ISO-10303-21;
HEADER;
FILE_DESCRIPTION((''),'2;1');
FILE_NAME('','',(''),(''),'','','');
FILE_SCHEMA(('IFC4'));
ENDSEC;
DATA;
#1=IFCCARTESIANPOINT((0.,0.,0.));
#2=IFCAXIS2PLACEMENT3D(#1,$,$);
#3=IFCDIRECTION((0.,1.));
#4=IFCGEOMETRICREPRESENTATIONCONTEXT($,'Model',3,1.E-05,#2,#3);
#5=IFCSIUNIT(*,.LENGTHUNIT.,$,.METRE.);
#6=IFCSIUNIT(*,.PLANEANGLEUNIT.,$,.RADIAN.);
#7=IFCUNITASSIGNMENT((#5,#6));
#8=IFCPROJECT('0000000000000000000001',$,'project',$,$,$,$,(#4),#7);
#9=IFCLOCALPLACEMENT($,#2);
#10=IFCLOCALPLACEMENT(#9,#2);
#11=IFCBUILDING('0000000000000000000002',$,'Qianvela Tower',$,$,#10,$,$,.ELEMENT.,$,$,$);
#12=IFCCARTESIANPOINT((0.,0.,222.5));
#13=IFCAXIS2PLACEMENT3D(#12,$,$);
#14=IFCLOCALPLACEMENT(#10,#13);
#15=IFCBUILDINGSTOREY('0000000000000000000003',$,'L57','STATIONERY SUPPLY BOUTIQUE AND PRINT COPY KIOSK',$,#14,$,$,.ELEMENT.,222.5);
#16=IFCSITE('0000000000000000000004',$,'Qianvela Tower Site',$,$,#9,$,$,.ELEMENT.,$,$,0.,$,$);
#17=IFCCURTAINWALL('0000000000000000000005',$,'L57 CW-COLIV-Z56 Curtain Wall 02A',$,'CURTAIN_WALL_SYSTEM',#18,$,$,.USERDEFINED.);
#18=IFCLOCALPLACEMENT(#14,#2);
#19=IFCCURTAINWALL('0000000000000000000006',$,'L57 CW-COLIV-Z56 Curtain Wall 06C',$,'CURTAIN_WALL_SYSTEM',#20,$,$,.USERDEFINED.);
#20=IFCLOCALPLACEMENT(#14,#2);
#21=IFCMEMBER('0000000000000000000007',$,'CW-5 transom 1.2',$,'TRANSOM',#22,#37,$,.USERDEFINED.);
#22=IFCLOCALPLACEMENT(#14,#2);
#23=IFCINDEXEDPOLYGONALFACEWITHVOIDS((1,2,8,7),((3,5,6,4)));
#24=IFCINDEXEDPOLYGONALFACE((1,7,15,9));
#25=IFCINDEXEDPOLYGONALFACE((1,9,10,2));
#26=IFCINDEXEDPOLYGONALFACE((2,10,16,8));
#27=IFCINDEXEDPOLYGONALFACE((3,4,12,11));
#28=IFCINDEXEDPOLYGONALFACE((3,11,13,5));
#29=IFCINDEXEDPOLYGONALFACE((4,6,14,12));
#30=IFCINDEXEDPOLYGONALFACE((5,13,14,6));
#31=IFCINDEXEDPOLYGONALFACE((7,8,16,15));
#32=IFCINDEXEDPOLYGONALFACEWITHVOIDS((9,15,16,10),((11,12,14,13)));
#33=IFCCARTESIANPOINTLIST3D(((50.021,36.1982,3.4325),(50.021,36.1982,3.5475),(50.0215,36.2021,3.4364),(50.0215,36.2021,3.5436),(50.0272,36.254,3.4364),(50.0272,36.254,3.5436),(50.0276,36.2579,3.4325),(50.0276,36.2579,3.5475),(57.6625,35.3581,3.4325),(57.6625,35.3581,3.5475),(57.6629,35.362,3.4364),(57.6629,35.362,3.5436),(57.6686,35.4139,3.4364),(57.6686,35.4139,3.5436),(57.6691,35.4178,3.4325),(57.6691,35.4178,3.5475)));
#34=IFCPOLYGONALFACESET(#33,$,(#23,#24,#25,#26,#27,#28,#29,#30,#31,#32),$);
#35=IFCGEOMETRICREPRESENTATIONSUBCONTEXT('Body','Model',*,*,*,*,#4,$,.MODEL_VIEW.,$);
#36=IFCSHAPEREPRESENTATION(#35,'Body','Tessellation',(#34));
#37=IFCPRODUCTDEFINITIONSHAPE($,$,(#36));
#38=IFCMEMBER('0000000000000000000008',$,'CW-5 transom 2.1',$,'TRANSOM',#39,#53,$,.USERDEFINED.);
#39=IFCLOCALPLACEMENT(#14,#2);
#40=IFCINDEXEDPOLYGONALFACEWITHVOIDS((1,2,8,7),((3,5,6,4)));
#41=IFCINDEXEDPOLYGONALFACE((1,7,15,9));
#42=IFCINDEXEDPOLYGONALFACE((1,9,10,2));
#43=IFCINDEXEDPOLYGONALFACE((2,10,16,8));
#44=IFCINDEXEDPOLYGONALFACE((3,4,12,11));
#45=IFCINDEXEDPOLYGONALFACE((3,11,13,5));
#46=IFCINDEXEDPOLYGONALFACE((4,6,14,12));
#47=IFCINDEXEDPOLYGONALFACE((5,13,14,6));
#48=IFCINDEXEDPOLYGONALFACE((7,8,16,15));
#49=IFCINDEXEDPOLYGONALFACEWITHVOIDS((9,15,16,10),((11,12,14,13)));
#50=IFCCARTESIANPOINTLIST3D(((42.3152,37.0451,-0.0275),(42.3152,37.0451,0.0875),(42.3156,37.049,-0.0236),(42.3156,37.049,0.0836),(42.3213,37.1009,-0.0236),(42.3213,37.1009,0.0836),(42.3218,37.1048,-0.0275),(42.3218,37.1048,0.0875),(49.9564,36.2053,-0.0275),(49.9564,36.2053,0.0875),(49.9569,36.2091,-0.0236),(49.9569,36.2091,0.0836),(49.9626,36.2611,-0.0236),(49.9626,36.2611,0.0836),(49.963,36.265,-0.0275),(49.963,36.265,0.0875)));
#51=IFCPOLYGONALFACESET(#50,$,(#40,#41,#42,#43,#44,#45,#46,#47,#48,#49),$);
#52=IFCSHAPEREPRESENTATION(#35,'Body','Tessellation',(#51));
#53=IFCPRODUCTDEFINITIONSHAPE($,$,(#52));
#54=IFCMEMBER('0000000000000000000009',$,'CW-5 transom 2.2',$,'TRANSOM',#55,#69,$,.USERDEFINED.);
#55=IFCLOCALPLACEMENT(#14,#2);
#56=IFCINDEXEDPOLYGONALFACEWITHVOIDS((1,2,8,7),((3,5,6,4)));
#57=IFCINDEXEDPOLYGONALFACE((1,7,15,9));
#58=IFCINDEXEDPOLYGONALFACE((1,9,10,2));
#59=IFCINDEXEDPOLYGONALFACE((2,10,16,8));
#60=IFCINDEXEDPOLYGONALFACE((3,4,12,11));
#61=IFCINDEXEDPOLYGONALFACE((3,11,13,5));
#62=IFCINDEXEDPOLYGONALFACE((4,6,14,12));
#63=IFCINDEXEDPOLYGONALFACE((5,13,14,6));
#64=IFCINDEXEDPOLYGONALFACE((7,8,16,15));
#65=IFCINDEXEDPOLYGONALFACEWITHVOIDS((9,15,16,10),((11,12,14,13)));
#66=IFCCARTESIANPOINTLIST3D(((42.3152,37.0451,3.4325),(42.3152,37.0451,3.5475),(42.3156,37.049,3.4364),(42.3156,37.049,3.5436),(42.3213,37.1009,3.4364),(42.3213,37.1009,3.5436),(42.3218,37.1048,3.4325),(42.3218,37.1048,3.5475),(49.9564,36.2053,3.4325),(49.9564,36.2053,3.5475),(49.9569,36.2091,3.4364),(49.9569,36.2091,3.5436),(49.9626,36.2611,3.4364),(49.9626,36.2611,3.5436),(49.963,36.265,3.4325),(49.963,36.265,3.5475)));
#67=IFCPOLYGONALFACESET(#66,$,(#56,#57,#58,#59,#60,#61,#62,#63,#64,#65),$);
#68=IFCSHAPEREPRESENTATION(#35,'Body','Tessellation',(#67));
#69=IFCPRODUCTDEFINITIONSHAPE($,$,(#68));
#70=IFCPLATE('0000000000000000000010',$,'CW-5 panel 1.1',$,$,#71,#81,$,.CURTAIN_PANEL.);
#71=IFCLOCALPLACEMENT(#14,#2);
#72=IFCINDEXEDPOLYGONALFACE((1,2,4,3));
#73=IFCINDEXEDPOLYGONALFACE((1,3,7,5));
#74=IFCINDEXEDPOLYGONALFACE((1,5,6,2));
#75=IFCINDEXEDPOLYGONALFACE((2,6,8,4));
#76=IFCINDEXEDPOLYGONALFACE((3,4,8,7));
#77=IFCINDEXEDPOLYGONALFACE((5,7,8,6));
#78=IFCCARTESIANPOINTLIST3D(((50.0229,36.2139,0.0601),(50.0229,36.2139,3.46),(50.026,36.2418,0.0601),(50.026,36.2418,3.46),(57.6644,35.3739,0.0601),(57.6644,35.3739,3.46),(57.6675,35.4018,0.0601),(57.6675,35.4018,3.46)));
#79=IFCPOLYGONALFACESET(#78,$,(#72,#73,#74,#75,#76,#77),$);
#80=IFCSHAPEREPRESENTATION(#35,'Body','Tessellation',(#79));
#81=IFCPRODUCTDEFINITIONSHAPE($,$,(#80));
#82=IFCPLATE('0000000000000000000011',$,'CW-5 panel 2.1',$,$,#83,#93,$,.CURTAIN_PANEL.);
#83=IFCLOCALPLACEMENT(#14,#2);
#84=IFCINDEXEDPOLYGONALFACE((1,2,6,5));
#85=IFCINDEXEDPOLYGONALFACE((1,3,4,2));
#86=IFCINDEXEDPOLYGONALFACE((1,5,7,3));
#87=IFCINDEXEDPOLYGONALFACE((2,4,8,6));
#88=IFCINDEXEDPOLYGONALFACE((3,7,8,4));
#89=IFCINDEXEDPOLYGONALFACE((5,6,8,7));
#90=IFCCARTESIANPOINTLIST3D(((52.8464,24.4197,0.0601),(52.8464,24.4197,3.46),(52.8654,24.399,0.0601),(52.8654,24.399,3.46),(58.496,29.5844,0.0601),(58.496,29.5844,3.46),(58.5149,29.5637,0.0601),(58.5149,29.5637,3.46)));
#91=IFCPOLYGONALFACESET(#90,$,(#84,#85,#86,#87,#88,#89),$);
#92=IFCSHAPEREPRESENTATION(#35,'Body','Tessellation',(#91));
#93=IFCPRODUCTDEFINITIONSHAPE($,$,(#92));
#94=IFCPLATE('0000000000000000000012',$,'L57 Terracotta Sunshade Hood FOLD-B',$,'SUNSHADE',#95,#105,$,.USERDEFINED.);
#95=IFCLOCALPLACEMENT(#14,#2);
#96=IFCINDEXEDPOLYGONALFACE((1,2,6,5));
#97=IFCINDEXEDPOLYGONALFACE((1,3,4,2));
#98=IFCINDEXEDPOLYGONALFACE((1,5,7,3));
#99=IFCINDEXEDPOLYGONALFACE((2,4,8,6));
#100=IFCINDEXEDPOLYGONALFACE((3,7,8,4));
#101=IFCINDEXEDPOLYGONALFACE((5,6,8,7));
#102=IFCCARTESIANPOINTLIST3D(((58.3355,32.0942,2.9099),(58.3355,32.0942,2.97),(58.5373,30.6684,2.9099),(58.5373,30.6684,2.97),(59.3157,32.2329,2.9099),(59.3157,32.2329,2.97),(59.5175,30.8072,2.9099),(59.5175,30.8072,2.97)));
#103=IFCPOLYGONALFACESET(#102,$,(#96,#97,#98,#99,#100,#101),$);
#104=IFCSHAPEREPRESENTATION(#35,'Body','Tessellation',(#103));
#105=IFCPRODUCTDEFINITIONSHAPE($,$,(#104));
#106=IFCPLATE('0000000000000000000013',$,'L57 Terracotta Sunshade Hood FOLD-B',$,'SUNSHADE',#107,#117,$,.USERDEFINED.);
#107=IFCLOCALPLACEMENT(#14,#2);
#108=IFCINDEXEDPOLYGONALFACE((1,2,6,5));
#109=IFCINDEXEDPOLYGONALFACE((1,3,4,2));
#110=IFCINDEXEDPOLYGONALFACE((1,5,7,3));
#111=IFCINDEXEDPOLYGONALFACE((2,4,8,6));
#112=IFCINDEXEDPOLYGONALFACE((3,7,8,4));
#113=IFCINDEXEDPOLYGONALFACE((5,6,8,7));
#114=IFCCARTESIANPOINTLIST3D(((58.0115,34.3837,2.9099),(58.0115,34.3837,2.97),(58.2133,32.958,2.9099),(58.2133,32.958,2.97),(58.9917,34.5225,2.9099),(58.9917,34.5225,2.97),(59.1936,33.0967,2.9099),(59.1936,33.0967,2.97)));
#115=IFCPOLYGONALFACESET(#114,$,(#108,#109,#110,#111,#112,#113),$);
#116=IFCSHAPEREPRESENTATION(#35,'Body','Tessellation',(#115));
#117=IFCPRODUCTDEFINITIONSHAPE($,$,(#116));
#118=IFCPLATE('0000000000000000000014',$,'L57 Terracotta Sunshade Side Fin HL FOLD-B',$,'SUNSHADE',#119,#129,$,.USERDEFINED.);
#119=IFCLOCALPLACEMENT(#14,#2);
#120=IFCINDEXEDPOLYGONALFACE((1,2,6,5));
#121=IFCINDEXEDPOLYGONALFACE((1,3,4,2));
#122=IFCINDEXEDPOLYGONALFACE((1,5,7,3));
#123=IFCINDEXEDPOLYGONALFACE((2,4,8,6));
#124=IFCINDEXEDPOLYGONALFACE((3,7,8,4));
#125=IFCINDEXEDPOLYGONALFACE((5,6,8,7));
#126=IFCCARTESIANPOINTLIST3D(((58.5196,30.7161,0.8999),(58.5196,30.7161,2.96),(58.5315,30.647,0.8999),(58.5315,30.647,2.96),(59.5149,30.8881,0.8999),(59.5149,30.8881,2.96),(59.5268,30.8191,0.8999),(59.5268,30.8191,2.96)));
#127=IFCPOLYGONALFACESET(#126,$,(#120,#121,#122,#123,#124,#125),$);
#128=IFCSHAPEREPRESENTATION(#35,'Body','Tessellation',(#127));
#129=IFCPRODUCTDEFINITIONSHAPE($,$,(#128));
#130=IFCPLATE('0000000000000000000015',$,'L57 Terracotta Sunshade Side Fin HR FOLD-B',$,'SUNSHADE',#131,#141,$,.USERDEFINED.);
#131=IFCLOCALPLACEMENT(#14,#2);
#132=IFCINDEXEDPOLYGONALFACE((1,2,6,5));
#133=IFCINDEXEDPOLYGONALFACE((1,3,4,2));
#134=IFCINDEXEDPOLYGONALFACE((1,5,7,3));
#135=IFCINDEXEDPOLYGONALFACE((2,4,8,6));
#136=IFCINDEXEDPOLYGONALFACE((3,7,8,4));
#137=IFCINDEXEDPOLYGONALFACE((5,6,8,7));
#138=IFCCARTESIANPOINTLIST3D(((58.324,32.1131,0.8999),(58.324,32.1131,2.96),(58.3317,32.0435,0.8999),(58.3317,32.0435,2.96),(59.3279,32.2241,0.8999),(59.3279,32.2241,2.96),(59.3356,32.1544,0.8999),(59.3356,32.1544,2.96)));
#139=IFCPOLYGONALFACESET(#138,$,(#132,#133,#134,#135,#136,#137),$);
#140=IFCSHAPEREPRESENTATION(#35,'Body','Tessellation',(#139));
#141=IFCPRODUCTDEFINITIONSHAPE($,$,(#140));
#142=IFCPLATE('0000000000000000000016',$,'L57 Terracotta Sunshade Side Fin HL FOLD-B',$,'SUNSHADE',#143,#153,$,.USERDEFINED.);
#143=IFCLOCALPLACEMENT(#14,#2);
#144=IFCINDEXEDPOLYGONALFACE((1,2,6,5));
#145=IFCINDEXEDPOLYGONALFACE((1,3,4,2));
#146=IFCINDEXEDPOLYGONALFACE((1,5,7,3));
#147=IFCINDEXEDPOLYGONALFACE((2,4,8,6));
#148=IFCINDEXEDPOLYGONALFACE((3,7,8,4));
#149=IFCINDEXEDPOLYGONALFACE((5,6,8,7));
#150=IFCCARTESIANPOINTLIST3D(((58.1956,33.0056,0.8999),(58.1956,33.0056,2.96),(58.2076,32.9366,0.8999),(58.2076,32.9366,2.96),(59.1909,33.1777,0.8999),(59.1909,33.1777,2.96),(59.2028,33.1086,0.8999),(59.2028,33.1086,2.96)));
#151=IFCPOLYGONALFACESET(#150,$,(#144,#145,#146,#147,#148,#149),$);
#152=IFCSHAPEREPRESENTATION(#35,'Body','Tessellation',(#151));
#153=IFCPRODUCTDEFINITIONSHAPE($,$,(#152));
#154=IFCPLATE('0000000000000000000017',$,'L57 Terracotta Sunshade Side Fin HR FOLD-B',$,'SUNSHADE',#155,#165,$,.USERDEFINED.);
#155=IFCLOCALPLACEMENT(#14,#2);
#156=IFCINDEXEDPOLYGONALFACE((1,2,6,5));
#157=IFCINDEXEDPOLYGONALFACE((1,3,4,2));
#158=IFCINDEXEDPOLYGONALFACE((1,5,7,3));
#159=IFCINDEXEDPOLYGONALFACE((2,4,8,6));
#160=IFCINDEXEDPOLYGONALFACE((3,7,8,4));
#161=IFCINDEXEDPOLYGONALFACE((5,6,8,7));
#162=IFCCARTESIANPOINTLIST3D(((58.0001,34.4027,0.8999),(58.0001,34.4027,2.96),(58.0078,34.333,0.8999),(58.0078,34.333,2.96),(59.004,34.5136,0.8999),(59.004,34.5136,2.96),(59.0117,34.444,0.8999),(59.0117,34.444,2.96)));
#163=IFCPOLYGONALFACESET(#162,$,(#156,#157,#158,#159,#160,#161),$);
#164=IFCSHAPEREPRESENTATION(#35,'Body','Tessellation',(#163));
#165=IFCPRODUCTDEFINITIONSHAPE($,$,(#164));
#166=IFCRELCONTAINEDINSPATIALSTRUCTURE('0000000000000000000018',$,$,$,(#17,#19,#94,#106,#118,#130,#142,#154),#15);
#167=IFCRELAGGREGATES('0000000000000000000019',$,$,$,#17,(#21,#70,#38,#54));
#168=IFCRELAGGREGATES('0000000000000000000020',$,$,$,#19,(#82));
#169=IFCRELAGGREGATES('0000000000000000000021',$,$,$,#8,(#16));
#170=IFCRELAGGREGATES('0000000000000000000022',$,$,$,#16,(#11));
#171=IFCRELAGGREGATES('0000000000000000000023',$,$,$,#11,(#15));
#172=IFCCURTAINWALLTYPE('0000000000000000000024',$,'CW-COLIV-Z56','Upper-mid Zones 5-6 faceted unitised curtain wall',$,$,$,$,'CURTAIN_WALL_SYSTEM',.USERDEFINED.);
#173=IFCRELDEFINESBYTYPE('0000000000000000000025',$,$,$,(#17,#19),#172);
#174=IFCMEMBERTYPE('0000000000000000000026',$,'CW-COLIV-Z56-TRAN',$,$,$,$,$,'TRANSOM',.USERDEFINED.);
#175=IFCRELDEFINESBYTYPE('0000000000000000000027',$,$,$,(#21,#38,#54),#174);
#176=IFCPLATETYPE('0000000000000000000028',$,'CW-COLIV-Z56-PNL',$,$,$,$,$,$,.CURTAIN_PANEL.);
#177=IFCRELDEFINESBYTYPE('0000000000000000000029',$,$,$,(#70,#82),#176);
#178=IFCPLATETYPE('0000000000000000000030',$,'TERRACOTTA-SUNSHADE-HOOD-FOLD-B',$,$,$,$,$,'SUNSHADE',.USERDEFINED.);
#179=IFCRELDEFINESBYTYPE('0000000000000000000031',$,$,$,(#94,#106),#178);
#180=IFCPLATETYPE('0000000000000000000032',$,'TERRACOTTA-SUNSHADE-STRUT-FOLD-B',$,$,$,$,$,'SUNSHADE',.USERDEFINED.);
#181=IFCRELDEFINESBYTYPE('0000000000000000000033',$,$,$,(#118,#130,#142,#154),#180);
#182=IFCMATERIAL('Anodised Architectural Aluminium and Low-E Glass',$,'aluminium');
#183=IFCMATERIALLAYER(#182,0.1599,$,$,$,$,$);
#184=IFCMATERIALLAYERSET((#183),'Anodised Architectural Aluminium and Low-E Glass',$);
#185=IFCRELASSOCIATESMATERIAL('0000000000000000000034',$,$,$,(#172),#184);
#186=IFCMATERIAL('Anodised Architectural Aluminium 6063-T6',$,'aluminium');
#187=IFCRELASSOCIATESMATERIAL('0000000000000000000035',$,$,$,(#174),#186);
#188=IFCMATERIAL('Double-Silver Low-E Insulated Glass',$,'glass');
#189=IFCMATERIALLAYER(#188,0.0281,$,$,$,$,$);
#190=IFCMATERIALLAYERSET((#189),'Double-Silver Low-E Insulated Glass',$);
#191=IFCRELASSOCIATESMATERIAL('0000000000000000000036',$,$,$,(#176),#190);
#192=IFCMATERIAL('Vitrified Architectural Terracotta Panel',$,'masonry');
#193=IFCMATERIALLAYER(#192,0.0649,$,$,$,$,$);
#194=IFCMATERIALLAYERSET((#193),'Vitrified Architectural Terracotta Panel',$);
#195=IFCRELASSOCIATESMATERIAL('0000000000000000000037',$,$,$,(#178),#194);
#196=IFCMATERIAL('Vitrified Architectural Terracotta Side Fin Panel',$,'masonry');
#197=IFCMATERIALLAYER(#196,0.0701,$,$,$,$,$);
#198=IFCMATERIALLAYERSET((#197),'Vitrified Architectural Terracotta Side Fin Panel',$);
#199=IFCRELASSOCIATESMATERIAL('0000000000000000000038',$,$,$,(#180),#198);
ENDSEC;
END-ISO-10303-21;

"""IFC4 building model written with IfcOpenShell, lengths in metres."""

from ifc_helpers import new_model, si_unit, direction, frame, origin, origin_2d, place, context, subcontext, project, spatial, rectangle, hollow_rectangle, extrude, material, layer, layer_set, material_profile, profile_set, type_object, element, aggregate, save


model = new_model("IFC4")

# Units and contexts
model_context = context("Model", 3, precision=1e-05, world=origin(), true_north=direction((0.0, 1.0)))
body_context = subcontext(model_context, "Body", "Model", "MODEL_VIEW")
ifc_project = project(units=[si_unit("LENGTHUNIT", "METRE"), si_unit("PLANEANGLEUNIT", "RADIAN")], contexts=[model_context])

# Site, building, storey
site_placement = place(None, origin())
site = spatial("IfcSite", under=ifc_project, at=site_placement, Name="Qianvela Tower Site", CompositionType="ELEMENT", RefElevation=0.0)
building_placement = place(site_placement, origin())
building = spatial("IfcBuilding", under=site, at=building_placement, Name="Qianvela Tower", CompositionType="ELEMENT")
storey_placement = place(building_placement, frame((0.0, 0.0, 222.5)))
storey = spatial("IfcBuildingStorey", under=building, at=storey_placement, Name="L57", Description="STATIONERY SUPPLY BOUTIQUE AND PRINT COPY KIOSK", CompositionType="ELEMENT", Elevation=222.5)

# Curtain wall
ifc_material_1 = material(Name="Anodised Architectural Aluminium and Low-E Glass", Category="aluminium")
ifc_layer_1 = layer(ifc_material_1, 0.1599)
ifc_layer_set_1 = layer_set([ifc_layer_1], Name="Anodised Architectural Aluminium and Low-E Glass")
curtain_wall_type = type_object("IfcCurtainWallType", Name="CW-COLIV-Z56", Description="Upper-mid Zones 5-6 faceted unitised curtain wall", ElementType="CURTAIN_WALL_SYSTEM", PredefinedType="USERDEFINED", material=ifc_layer_set_1)
curtain_wall_1_placement = place(storey_placement, origin())
curtain_wall_1 = element("IfcCurtainWall", 1, at=curtain_wall_1_placement, inside=storey, type_object=curtain_wall_type, Name="L57 CW-COLIV-Z56 Curtain Wall 02A", ObjectType="CURTAIN_WALL_SYSTEM", PredefinedType="USERDEFINED")

# Curtain wall
curtain_wall_2_placement = place(storey_placement, origin())
curtain_wall_2 = element("IfcCurtainWall", 2, at=curtain_wall_2_placement, inside=storey, type_object=curtain_wall_type, Name="L57 CW-COLIV-Z56 Curtain Wall 06C", ObjectType="CURTAIN_WALL_SYSTEM", PredefinedType="USERDEFINED")

# Members
ifc_material_2 = material(Name="Anodised Architectural Aluminium 6063-T6", Category="aluminium")
ifc_material_profile_1 = material_profile(ifc_material_2, hollow_rectangle(XDim=0.0601, YDim=0.115, WallThickness=0.0039, at=origin_2d()), Name="ALU-TRAN-60x115")
ifc_profile_set_1 = profile_set([ifc_material_profile_1], Name="Anodised Architectural Aluminium 6063-T6")
member_type_1 = type_object("IfcMemberType", Name="CW-COLIV-Z56-TRAN", ElementType="TRANSOM", PredefinedType="USERDEFINED", material=ifc_profile_set_1)
member_1_placement = place(storey_placement, frame((57.6658, 35.3879, 3.49), z_axis=(-0.994011, 0.109281, 0.0), x_axis=(-0.109281, -0.994011, 0.0)))
member_1 = element("IfcMember", 3, at=member_1_placement, type_object=member_type_1, Name="CW-5 transom 1.2", ObjectType="TRANSOM", PredefinedType="USERDEFINED", context=body_context, shape_type="SweptSolid", body=[
    extrude(hollow_rectangle(XDim=0.0601, YDim=0.115, WallThickness=0.0039, at=origin_2d()), origin(), (0.0, 0.0, 1.0), 7.6875),
])
member_2_placement = place(storey_placement, frame((49.9597, 36.2351, 0.03), z_axis=(-0.994014, 0.10925, 0.0), x_axis=(-0.10925, -0.994014, 0.0)))
member_2 = element("IfcMember", 4, at=member_2_placement, type_object=member_type_1, Name="CW-5 transom 2.1", ObjectType="TRANSOM", PredefinedType="USERDEFINED", context=body_context, shape_type="SweptSolid", body=[
    extrude(hollow_rectangle(XDim=0.0601, YDim=0.115, WallThickness=0.0039, at=origin_2d()), origin(), (0.0, 0.0, 1.0), 7.6873),
])
member_3_placement = place(storey_placement, frame((49.9597, 36.2351, 3.49), z_axis=(-0.994014, 0.10925, 0.0), x_axis=(-0.10925, -0.994014, 0.0)))
member_3 = element("IfcMember", 5, at=member_3_placement, type_object=member_type_1, Name="CW-5 transom 2.2", ObjectType="TRANSOM", PredefinedType="USERDEFINED", context=body_context, shape_type="SweptSolid", body=[
    extrude(hollow_rectangle(XDim=0.0601, YDim=0.115, WallThickness=0.0039, at=origin_2d()), origin(), (0.0, 0.0, 1.0), 7.6873),
])

# Plates
ifc_material_3 = material(Name="Double-Silver Low-E Insulated Glass", Category="glass")
ifc_layer_2 = layer(ifc_material_3, 0.0281)
ifc_layer_set_2 = layer_set([ifc_layer_2], Name="Double-Silver Low-E Insulated Glass")
plate_type_1 = type_object("IfcPlateType", Name="CW-COLIV-Z56-PNL", PredefinedType="CURTAIN_PANEL", material=ifc_layer_set_2)
plate_1_placement = place(storey_placement, frame((53.8452, 35.8079, 0.0601), z_axis=(0.0, 0.0, 1.0), x_axis=(-0.994013, 0.109261, 0.0)))
plate_1 = element("IfcPlate", 6, at=plate_1_placement, type_object=plate_type_1, Name="CW-5 panel 1.1", PredefinedType="CURTAIN_PANEL", context=body_context, shape_type="SweptSolid", body=[
    extrude(rectangle(XDim=7.6875, YDim=0.0281, at=origin_2d()), origin(), (0.0, 0.0, 1.0), 3.3999),
])
aggregate(curtain_wall_1, [member_1, plate_1, member_2, member_3])
plate_2_placement = place(storey_placement, frame((55.6807, 26.9917, 0.0601), z_axis=(0.0, 0.0, 1.0), x_axis=(0.738066, 0.674729, 0.0)))
plate_2 = element("IfcPlate", 7, at=plate_2_placement, type_object=plate_type_1, Name="CW-5 panel 2.1", PredefinedType="CURTAIN_PANEL", context=body_context, shape_type="SweptSolid", body=[
    extrude(rectangle(XDim=7.6545, YDim=0.0281, at=origin_2d()), origin(), (0.0, 0.0, 1.0), 3.3999),
])
aggregate(curtain_wall_2, [plate_2])

# Plates
ifc_material_4 = material(Name="Vitrified Architectural Terracotta Panel", Category="masonry")
ifc_layer_3 = layer(ifc_material_4, 0.0649)
ifc_layer_set_3 = layer_set([ifc_layer_3], Name="Vitrified Architectural Terracotta Panel")
plate_type_2 = type_object("IfcPlateType", Name="TERRACOTTA-SUNSHADE-HOOD-FOLD-B", ElementType="SUNSHADE", PredefinedType="USERDEFINED", material=ifc_layer_set_3)
for number, where, z_axis, x_axis, name in (
    (8, (58.9265, 31.4507, 2.9099), (0.0, 0.0, 1.0), (-0.140153, 0.99013, 0.0), "L57 Terracotta Sunshade Hood FOLD-B"),
    (9, (58.6025, 33.7402, 2.9099), (0.0, 0.0, 1.0), (-0.140153, 0.99013, 0.0), "L57 Terracotta Sunshade Hood FOLD-B"),
):
    element("IfcPlate", number, at=place(storey_placement, frame(where, z_axis=z_axis, x_axis=x_axis)), inside=storey, type_object=plate_type_2, Name=name, ObjectType="SUNSHADE", PredefinedType="USERDEFINED", context=body_context, shape_type="SweptSolid", body=[
        extrude(rectangle(XDim=1.4399, YDim=0.99, at=origin_2d()), origin(), (0.0, 0.0, 1.0), 0.0601),
    ])
ifc_material_5 = material(Name="Vitrified Architectural Terracotta Side Fin Panel", Category="masonry")
ifc_layer_4 = layer(ifc_material_5, 0.0701)
ifc_layer_set_4 = layer_set([ifc_layer_4], Name="Vitrified Architectural Terracotta Side Fin Panel")
plate_type_3 = type_object("IfcPlateType", Name="TERRACOTTA-SUNSHADE-STRUT-FOLD-B", ElementType="SUNSHADE", PredefinedType="USERDEFINED", material=ifc_layer_set_4)
for number, where, z_axis, x_axis, name in (
    (10, (59.0232, 30.7676, 0.8999), (0.0, 0.0, 1.0), (-0.170325, 0.985388, 0.0), "L57 Terracotta Sunshade Side Fin HL FOLD-B"),
    (11, (58.8298, 32.1338, 0.8999), (0.0, 0.0, 1.0), (-0.109851, 0.993948, 0.0), "L57 Terracotta Sunshade Side Fin HR FOLD-B"),
    (12, (58.6992, 33.0571, 0.8999), (0.0, 0.0, 1.0), (-0.170325, 0.985388, 0.0), "L57 Terracotta Sunshade Side Fin HL FOLD-B"),
    (13, (58.5059, 34.4233, 0.8999), (0.0, 0.0, 1.0), (-0.109851, 0.993948, 0.0), "L57 Terracotta Sunshade Side Fin HR FOLD-B"),
):
    element("IfcPlate", number, at=place(storey_placement, frame(where, z_axis=z_axis, x_axis=x_axis)), inside=storey, type_object=plate_type_3, Name=name, ObjectType="SUNSHADE", PredefinedType="USERDEFINED", context=body_context, shape_type="SweptSolid", body=[
        extrude(rectangle(XDim=0.0701, YDim=1.01, at=origin_2d()), origin(), (0.0, 0.0, 1.0), 2.0601),
    ])

save(model, "model.ifc")
